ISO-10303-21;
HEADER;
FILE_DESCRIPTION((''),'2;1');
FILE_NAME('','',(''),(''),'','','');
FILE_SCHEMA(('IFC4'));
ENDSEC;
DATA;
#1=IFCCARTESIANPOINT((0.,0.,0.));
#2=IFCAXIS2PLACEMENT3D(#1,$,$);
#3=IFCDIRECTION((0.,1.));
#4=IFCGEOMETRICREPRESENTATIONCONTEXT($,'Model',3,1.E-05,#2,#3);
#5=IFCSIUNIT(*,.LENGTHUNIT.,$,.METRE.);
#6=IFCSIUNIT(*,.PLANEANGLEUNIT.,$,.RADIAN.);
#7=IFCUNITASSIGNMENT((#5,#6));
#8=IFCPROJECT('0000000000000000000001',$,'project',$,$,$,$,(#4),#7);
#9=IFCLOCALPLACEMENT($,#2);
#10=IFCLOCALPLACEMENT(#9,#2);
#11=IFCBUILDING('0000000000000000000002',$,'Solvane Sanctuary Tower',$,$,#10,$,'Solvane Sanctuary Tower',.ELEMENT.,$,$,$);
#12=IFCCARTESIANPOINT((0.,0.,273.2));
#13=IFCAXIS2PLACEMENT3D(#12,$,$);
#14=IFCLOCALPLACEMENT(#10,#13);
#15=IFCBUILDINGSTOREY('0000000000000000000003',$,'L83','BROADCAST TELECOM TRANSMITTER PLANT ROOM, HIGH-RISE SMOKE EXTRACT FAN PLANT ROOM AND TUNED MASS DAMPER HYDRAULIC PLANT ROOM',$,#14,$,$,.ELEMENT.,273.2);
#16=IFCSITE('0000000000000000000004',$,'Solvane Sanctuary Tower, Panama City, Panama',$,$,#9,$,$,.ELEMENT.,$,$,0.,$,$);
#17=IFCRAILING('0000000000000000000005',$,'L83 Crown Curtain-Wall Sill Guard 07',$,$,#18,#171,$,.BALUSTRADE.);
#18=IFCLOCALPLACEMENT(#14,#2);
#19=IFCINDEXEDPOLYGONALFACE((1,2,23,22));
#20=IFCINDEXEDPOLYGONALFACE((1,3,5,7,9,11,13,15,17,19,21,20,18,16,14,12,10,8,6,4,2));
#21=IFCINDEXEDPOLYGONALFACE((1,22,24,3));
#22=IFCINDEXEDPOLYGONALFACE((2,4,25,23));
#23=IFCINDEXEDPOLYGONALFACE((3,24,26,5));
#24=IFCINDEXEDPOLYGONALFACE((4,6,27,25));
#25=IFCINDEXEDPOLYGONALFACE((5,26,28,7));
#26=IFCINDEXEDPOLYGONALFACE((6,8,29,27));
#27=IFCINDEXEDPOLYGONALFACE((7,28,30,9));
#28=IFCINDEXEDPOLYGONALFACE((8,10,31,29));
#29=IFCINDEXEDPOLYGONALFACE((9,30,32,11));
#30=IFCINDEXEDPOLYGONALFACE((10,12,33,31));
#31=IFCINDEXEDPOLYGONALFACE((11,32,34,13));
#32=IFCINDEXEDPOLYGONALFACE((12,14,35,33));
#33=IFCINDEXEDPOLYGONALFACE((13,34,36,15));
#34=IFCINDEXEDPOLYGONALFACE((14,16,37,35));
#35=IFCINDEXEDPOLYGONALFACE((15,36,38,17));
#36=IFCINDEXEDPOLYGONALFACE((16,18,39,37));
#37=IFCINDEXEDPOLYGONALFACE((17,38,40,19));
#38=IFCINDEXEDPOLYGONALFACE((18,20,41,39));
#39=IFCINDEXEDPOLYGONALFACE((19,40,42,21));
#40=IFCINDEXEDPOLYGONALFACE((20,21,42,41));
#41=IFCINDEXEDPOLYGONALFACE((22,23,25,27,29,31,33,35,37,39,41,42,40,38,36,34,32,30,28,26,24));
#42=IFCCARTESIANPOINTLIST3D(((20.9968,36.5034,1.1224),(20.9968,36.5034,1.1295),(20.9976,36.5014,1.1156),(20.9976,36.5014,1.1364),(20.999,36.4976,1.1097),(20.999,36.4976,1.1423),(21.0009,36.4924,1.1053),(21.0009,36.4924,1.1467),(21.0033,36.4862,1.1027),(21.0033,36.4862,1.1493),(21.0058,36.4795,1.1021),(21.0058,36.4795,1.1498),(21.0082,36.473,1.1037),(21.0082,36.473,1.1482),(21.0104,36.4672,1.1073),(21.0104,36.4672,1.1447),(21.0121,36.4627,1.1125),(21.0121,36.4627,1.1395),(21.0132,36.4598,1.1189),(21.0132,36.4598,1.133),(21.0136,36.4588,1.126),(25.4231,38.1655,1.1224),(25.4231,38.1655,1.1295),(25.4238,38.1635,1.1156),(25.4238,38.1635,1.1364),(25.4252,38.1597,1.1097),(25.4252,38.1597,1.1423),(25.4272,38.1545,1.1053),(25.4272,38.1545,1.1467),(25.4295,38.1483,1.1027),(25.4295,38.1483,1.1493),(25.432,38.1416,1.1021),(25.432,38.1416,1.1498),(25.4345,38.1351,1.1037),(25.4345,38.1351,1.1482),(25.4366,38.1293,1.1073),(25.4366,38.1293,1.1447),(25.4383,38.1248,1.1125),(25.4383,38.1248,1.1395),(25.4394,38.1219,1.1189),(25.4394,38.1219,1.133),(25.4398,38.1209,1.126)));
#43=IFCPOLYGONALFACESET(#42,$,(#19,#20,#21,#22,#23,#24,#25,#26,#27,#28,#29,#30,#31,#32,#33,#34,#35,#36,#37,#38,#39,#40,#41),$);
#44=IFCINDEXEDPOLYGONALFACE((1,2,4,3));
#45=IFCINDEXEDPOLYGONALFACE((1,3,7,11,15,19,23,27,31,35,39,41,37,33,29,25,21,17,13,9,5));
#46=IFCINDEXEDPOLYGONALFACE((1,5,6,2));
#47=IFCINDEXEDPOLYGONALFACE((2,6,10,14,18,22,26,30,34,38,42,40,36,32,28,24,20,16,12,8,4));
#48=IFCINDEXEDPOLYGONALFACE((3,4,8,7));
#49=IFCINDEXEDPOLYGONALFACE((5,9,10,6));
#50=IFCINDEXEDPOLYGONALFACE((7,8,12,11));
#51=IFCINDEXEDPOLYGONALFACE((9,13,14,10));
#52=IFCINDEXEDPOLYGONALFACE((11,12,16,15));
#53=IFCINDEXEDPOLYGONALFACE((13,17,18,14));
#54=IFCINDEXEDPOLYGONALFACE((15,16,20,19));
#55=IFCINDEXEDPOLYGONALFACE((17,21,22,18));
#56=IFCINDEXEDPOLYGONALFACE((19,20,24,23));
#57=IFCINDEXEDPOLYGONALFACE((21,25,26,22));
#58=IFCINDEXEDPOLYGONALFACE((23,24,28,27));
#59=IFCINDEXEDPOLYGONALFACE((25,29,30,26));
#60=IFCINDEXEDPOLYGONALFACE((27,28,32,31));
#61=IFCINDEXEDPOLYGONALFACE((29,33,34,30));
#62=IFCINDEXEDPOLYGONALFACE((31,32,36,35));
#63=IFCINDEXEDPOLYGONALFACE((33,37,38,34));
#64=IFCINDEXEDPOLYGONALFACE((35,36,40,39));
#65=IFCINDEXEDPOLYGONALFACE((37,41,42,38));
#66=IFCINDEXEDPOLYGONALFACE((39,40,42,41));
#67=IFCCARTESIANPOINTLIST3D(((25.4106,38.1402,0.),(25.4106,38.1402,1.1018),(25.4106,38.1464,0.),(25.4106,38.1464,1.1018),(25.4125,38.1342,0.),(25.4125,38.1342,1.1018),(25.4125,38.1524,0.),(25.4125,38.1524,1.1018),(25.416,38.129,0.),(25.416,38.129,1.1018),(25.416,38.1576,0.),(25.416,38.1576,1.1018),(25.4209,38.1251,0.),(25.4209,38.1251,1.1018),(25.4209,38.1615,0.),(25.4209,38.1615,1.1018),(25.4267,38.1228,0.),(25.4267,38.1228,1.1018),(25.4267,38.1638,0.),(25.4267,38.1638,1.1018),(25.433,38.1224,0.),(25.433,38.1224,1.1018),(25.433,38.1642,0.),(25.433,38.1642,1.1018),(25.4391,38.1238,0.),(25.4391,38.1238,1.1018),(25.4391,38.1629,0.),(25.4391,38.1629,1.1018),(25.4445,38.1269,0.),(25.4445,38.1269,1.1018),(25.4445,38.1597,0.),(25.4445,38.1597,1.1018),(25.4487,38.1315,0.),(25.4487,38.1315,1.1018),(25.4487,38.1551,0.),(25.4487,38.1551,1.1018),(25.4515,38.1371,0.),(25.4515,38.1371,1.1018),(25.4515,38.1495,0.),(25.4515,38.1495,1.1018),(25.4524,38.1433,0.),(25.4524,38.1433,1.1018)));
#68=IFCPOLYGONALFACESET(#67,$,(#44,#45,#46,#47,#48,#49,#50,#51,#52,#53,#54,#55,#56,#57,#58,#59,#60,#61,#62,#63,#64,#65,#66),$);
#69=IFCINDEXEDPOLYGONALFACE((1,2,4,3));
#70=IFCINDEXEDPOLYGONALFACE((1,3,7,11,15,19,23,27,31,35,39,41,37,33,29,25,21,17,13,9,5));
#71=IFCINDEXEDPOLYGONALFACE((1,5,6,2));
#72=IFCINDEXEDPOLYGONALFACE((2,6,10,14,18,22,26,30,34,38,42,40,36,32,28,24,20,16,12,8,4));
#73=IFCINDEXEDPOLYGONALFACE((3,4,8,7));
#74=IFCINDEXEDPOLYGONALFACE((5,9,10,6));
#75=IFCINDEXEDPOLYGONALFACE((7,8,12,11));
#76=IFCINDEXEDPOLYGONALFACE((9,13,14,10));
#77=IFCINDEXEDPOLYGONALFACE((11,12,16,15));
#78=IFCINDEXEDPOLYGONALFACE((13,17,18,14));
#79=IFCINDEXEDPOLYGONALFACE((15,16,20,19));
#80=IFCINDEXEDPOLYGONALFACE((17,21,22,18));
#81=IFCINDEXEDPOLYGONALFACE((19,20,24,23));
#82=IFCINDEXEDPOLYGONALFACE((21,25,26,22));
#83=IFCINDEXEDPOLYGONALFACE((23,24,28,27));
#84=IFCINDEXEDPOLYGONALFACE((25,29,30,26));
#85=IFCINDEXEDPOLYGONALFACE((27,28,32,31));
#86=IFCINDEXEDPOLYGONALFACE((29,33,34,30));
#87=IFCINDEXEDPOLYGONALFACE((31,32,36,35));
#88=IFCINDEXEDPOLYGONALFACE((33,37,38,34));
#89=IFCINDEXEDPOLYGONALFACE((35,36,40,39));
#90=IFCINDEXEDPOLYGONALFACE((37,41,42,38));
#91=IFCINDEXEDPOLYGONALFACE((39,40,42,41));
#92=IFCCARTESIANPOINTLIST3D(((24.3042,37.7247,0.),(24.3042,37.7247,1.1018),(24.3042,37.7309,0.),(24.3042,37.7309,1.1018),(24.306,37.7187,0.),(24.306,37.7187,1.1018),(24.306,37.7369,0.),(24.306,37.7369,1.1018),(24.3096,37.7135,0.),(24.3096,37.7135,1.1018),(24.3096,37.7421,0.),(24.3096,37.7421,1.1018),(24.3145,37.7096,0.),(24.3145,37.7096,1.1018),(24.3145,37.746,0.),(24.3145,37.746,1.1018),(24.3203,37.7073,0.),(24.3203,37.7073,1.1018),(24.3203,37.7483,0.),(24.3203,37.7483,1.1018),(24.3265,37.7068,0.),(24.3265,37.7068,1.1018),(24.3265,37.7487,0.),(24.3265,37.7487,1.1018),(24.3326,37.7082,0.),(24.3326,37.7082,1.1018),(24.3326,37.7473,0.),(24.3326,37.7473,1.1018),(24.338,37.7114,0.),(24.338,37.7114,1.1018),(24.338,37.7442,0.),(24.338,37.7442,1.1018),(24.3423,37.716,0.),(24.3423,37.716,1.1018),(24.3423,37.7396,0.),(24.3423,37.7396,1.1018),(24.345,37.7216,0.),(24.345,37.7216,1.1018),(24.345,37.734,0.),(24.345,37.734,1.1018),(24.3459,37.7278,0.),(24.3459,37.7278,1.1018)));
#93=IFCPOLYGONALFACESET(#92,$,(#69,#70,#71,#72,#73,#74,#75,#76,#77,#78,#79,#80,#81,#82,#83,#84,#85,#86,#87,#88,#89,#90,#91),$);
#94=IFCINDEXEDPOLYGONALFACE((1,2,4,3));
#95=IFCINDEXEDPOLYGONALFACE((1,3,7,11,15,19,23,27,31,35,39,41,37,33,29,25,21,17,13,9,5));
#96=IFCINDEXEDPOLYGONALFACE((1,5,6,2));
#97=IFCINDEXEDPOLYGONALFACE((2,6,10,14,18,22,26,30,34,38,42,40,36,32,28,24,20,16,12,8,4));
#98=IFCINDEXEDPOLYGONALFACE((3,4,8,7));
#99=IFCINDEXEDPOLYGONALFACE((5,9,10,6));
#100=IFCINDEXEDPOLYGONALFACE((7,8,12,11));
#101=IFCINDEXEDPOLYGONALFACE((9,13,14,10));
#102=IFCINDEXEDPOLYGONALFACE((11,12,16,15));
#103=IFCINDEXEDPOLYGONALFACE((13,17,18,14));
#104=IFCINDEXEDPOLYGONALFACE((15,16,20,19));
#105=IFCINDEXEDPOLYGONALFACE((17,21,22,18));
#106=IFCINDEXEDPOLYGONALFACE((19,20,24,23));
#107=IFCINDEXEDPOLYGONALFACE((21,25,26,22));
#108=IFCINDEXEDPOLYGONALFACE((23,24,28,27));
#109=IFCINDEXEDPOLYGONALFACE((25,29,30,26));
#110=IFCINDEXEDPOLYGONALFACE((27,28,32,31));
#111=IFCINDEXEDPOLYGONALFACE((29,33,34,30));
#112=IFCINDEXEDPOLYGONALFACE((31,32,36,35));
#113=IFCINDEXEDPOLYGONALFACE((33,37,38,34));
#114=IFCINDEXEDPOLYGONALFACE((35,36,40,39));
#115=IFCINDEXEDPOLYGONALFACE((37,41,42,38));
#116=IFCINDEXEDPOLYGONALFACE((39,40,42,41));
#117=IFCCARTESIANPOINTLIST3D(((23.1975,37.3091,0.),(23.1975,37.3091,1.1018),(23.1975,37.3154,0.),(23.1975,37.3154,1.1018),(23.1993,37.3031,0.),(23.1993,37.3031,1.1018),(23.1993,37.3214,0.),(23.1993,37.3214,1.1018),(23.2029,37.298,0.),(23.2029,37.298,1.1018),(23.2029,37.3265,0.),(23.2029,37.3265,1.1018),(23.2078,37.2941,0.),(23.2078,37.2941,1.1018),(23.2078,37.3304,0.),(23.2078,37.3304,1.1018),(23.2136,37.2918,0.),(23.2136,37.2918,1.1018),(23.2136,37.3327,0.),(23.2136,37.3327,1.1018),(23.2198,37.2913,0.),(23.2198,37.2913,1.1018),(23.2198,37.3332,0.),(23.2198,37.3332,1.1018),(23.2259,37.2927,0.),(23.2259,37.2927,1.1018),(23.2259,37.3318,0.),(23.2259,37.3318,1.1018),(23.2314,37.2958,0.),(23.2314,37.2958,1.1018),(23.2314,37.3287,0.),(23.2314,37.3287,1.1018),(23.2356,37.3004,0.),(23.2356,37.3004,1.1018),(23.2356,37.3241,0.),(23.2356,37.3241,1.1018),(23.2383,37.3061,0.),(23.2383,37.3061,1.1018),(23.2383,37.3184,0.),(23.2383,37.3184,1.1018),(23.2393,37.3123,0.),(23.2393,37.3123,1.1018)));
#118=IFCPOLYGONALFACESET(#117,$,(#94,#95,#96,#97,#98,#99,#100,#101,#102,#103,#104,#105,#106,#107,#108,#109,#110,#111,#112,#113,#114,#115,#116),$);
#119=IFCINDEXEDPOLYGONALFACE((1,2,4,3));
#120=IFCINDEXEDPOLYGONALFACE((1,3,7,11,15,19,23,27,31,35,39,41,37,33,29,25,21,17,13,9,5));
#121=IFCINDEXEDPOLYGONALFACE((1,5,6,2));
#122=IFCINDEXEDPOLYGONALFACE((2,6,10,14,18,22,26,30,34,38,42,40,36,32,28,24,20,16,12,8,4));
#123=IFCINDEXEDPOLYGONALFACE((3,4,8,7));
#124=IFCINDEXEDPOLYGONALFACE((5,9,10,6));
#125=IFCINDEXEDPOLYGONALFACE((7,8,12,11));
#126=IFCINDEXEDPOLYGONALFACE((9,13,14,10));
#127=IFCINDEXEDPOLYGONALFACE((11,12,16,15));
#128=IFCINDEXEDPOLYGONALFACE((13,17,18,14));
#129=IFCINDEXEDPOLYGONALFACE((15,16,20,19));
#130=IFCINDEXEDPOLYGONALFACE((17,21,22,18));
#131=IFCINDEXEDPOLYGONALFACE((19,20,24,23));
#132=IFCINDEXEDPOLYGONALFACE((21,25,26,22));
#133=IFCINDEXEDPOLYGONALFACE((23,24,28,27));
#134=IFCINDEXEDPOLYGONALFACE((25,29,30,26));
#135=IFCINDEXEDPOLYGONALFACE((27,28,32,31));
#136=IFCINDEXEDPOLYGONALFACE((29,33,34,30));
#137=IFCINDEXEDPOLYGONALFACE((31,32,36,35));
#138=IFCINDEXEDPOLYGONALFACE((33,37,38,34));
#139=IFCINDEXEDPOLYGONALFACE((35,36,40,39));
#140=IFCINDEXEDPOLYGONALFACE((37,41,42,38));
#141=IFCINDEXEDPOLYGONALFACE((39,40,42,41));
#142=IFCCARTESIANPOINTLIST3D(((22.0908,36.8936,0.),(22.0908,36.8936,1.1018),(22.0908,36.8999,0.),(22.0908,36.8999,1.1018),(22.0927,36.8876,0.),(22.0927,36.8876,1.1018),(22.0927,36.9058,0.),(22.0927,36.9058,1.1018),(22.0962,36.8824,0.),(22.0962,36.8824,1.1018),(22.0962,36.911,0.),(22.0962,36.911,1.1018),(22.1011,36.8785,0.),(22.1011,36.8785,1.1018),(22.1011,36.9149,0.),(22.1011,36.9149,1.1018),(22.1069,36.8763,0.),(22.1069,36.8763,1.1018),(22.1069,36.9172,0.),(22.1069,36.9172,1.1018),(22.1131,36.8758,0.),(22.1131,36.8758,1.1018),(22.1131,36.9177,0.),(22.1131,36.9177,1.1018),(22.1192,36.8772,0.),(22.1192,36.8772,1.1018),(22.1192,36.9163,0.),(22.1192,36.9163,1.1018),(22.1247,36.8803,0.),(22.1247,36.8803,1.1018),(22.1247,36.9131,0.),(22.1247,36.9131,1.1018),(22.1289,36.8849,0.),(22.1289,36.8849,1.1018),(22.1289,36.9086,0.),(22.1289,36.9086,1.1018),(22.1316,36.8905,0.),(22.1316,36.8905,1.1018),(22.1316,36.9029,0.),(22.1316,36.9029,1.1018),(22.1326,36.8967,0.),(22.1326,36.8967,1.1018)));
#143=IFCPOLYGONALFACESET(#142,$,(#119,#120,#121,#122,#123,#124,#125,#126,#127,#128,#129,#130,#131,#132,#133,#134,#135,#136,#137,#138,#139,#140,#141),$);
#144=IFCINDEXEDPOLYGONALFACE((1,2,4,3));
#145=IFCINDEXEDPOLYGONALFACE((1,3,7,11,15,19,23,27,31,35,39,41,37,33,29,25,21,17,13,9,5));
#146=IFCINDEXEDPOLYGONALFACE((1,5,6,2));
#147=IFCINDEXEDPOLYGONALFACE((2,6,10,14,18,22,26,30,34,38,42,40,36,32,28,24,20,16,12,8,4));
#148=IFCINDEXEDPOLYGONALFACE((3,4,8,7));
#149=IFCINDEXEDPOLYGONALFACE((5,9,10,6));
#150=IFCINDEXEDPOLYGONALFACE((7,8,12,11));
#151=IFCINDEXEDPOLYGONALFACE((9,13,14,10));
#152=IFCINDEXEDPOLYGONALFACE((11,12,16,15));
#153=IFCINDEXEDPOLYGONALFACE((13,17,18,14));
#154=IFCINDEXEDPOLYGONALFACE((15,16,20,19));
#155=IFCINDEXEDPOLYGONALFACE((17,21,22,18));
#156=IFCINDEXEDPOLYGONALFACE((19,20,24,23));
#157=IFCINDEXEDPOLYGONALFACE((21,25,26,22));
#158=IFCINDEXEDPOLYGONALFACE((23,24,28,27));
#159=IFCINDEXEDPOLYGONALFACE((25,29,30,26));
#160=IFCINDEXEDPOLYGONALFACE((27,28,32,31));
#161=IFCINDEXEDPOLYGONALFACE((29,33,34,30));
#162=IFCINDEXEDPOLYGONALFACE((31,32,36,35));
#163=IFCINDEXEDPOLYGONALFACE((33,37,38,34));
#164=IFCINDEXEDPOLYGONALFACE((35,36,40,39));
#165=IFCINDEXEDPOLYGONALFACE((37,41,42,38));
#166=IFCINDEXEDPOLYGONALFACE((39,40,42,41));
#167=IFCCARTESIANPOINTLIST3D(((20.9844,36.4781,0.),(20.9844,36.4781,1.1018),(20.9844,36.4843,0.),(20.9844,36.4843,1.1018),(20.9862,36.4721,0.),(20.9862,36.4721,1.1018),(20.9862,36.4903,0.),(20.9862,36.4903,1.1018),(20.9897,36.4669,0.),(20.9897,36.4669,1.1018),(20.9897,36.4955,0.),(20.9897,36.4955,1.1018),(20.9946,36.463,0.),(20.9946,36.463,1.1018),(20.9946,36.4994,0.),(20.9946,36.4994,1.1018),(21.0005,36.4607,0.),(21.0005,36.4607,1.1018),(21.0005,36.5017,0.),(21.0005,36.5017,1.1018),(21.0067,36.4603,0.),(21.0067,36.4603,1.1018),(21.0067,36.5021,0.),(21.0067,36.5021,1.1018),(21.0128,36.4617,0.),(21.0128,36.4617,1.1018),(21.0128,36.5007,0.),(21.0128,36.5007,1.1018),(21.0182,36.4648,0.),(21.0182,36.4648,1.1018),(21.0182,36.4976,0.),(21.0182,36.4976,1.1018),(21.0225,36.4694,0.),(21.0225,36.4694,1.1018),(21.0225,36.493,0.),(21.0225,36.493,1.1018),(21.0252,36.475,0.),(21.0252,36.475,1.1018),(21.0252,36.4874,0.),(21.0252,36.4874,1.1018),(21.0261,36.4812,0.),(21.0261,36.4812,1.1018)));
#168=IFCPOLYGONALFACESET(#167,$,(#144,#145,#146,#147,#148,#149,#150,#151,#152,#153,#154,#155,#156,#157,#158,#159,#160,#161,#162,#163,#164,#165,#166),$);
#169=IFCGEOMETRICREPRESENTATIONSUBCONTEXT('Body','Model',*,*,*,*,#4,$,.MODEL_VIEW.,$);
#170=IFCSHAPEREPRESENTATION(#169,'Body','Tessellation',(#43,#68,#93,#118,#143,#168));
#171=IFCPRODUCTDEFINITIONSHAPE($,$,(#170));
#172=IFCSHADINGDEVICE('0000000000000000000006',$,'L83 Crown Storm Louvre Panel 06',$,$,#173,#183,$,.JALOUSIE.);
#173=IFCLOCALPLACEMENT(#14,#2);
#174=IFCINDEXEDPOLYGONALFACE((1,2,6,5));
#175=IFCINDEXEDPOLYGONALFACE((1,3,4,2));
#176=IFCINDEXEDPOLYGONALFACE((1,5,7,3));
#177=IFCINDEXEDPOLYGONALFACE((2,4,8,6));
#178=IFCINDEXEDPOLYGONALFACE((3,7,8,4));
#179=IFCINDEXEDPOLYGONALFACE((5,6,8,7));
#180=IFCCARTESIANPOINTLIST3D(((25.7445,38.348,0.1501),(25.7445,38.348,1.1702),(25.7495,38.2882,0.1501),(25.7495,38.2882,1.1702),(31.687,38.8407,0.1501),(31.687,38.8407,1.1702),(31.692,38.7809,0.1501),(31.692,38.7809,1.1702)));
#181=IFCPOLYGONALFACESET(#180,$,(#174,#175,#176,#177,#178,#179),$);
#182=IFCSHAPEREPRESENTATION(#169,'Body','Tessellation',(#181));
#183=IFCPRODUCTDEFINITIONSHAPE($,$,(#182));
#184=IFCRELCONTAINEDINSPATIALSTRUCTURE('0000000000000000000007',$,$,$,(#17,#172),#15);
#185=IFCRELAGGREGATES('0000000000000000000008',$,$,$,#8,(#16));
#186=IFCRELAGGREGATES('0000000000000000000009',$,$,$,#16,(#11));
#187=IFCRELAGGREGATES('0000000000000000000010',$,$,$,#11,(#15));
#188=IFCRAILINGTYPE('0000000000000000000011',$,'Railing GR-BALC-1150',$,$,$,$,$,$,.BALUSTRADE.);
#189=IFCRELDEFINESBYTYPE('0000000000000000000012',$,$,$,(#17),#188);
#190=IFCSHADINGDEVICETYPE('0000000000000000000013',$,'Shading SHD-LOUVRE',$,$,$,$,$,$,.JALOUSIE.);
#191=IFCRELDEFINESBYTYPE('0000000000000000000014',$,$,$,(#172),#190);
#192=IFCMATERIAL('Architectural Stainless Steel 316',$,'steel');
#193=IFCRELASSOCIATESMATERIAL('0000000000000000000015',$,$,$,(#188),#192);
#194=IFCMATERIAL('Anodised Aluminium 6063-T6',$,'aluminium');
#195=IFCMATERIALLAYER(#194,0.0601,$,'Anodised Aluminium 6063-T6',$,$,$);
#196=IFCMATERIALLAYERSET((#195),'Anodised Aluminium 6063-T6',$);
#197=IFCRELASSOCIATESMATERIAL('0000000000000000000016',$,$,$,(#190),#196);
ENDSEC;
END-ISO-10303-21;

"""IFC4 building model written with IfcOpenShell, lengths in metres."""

from ifc_helpers import new_model, si_unit, direction, frame, origin, origin_2d, place, context, subcontext, project, spatial, rectangle, circle, extrude, material, layer, layer_set, type_object, element, save


model = new_model("IFC4")

# Units and contexts
model_context = context("Model", 3, precision=1e-05, world=origin(), true_north=direction((0.0, 1.0)))
body_context = subcontext(model_context, "Body", "Model", "MODEL_VIEW")
ifc_project = project(units=[si_unit("LENGTHUNIT", "METRE"), si_unit("PLANEANGLEUNIT", "RADIAN")], contexts=[model_context])

# Site, building, storey
site_placement = place(None, origin())
site = spatial("IfcSite", under=ifc_project, at=site_placement, Name="Solvane Sanctuary Tower, Panama City, Panama", CompositionType="ELEMENT", RefElevation=0.0)
building_placement = place(site_placement, origin())
building = spatial("IfcBuilding", under=site, at=building_placement, Name="Solvane Sanctuary Tower", LongName="Solvane Sanctuary Tower", CompositionType="ELEMENT")
storey_placement = place(building_placement, frame((0.0, 0.0, 273.2)))
storey = spatial("IfcBuildingStorey", under=building, at=storey_placement, Name="L83", Description="BROADCAST TELECOM TRANSMITTER PLANT ROOM, HIGH-RISE SMOKE EXTRACT FAN PLANT ROOM AND TUNED MASS DAMPER HYDRAULIC PLANT ROOM", CompositionType="ELEMENT", Elevation=273.2)

# Shared definitions
ifc_material_1 = material(Name="Anodised Aluminium 6063-T6", Category="aluminium")

# Shared definitions
ifc_material_2 = material(Name="Architectural Stainless Steel 316", Category="steel")

# Railing
railing_type = type_object("IfcRailingType", Name="Railing GR-BALC-1150", PredefinedType="BALUSTRADE", material=ifc_material_2)
railing_placement = place(storey_placement, frame((25.4314, 38.1433, 0.0)))
element("IfcRailing", 1, at=railing_placement, inside=storey, type_object=railing_type, Name="L83 Crown Curtain-Wall Sill Guard 07", PredefinedType="BALUSTRADE", context=body_context, shape_type="SweptSolid", body=[
    extrude(circle(Radius=0.0239, at=origin_2d()), frame((0.0, 0.0, 1.126), z_axis=(-0.936172, -0.351542, 0.0), x_axis=(0.351542, -0.936172, 0.0)), (0.0, 0.0, 1.0), 4.728),
    extrude(circle(Radius=0.021, at=origin_2d()), origin(), (0.0, 0.0, 1.0), 1.1018),
    extrude(circle(Radius=0.021, at=origin_2d()), frame((-1.1064, -0.4155, 0.0)), (0.0, 0.0, 1.0), 1.1018),
    extrude(circle(Radius=0.021, at=origin_2d()), frame((-2.2131, -0.8311, 0.0)), (0.0, 0.0, 1.0), 1.1018),
    extrude(circle(Radius=0.021, at=origin_2d()), frame((-3.3198, -1.2466, 0.0)), (0.0, 0.0, 1.0), 1.1018),
    extrude(circle(Radius=0.021, at=origin_2d()), frame((-4.4263, -1.6621, 0.0)), (0.0, 0.0, 1.0), 1.1018),
])

# Shading device
ifc_layer_1 = layer(ifc_material_1, 0.0601, Name="Anodised Aluminium 6063-T6")
ifc_layer_set_1 = layer_set([ifc_layer_1], Name="Anodised Aluminium 6063-T6")
shading_device_type = type_object("IfcShadingDeviceType", Name="Shading SHD-LOUVRE", PredefinedType="JALOUSIE", material=ifc_layer_set_1)
shading_device_placement = place(storey_placement, frame((28.7183, 38.5645, 0.1501), z_axis=(0.0, 0.0, 1.0), x_axis=(-0.99658, -0.082633, 0.0)))
element("IfcShadingDevice", 2, at=shading_device_placement, inside=storey, type_object=shading_device_type, Name="L83 Crown Storm Louvre Panel 06", PredefinedType="JALOUSIE", context=body_context, shape_type="SweptSolid", body=[
    extrude(rectangle(XDim=5.9629, YDim=0.0601, at=origin_2d()), origin(), (0.0, 0.0, 1.0), 1.02),
])

save(model, "model.ifc")
